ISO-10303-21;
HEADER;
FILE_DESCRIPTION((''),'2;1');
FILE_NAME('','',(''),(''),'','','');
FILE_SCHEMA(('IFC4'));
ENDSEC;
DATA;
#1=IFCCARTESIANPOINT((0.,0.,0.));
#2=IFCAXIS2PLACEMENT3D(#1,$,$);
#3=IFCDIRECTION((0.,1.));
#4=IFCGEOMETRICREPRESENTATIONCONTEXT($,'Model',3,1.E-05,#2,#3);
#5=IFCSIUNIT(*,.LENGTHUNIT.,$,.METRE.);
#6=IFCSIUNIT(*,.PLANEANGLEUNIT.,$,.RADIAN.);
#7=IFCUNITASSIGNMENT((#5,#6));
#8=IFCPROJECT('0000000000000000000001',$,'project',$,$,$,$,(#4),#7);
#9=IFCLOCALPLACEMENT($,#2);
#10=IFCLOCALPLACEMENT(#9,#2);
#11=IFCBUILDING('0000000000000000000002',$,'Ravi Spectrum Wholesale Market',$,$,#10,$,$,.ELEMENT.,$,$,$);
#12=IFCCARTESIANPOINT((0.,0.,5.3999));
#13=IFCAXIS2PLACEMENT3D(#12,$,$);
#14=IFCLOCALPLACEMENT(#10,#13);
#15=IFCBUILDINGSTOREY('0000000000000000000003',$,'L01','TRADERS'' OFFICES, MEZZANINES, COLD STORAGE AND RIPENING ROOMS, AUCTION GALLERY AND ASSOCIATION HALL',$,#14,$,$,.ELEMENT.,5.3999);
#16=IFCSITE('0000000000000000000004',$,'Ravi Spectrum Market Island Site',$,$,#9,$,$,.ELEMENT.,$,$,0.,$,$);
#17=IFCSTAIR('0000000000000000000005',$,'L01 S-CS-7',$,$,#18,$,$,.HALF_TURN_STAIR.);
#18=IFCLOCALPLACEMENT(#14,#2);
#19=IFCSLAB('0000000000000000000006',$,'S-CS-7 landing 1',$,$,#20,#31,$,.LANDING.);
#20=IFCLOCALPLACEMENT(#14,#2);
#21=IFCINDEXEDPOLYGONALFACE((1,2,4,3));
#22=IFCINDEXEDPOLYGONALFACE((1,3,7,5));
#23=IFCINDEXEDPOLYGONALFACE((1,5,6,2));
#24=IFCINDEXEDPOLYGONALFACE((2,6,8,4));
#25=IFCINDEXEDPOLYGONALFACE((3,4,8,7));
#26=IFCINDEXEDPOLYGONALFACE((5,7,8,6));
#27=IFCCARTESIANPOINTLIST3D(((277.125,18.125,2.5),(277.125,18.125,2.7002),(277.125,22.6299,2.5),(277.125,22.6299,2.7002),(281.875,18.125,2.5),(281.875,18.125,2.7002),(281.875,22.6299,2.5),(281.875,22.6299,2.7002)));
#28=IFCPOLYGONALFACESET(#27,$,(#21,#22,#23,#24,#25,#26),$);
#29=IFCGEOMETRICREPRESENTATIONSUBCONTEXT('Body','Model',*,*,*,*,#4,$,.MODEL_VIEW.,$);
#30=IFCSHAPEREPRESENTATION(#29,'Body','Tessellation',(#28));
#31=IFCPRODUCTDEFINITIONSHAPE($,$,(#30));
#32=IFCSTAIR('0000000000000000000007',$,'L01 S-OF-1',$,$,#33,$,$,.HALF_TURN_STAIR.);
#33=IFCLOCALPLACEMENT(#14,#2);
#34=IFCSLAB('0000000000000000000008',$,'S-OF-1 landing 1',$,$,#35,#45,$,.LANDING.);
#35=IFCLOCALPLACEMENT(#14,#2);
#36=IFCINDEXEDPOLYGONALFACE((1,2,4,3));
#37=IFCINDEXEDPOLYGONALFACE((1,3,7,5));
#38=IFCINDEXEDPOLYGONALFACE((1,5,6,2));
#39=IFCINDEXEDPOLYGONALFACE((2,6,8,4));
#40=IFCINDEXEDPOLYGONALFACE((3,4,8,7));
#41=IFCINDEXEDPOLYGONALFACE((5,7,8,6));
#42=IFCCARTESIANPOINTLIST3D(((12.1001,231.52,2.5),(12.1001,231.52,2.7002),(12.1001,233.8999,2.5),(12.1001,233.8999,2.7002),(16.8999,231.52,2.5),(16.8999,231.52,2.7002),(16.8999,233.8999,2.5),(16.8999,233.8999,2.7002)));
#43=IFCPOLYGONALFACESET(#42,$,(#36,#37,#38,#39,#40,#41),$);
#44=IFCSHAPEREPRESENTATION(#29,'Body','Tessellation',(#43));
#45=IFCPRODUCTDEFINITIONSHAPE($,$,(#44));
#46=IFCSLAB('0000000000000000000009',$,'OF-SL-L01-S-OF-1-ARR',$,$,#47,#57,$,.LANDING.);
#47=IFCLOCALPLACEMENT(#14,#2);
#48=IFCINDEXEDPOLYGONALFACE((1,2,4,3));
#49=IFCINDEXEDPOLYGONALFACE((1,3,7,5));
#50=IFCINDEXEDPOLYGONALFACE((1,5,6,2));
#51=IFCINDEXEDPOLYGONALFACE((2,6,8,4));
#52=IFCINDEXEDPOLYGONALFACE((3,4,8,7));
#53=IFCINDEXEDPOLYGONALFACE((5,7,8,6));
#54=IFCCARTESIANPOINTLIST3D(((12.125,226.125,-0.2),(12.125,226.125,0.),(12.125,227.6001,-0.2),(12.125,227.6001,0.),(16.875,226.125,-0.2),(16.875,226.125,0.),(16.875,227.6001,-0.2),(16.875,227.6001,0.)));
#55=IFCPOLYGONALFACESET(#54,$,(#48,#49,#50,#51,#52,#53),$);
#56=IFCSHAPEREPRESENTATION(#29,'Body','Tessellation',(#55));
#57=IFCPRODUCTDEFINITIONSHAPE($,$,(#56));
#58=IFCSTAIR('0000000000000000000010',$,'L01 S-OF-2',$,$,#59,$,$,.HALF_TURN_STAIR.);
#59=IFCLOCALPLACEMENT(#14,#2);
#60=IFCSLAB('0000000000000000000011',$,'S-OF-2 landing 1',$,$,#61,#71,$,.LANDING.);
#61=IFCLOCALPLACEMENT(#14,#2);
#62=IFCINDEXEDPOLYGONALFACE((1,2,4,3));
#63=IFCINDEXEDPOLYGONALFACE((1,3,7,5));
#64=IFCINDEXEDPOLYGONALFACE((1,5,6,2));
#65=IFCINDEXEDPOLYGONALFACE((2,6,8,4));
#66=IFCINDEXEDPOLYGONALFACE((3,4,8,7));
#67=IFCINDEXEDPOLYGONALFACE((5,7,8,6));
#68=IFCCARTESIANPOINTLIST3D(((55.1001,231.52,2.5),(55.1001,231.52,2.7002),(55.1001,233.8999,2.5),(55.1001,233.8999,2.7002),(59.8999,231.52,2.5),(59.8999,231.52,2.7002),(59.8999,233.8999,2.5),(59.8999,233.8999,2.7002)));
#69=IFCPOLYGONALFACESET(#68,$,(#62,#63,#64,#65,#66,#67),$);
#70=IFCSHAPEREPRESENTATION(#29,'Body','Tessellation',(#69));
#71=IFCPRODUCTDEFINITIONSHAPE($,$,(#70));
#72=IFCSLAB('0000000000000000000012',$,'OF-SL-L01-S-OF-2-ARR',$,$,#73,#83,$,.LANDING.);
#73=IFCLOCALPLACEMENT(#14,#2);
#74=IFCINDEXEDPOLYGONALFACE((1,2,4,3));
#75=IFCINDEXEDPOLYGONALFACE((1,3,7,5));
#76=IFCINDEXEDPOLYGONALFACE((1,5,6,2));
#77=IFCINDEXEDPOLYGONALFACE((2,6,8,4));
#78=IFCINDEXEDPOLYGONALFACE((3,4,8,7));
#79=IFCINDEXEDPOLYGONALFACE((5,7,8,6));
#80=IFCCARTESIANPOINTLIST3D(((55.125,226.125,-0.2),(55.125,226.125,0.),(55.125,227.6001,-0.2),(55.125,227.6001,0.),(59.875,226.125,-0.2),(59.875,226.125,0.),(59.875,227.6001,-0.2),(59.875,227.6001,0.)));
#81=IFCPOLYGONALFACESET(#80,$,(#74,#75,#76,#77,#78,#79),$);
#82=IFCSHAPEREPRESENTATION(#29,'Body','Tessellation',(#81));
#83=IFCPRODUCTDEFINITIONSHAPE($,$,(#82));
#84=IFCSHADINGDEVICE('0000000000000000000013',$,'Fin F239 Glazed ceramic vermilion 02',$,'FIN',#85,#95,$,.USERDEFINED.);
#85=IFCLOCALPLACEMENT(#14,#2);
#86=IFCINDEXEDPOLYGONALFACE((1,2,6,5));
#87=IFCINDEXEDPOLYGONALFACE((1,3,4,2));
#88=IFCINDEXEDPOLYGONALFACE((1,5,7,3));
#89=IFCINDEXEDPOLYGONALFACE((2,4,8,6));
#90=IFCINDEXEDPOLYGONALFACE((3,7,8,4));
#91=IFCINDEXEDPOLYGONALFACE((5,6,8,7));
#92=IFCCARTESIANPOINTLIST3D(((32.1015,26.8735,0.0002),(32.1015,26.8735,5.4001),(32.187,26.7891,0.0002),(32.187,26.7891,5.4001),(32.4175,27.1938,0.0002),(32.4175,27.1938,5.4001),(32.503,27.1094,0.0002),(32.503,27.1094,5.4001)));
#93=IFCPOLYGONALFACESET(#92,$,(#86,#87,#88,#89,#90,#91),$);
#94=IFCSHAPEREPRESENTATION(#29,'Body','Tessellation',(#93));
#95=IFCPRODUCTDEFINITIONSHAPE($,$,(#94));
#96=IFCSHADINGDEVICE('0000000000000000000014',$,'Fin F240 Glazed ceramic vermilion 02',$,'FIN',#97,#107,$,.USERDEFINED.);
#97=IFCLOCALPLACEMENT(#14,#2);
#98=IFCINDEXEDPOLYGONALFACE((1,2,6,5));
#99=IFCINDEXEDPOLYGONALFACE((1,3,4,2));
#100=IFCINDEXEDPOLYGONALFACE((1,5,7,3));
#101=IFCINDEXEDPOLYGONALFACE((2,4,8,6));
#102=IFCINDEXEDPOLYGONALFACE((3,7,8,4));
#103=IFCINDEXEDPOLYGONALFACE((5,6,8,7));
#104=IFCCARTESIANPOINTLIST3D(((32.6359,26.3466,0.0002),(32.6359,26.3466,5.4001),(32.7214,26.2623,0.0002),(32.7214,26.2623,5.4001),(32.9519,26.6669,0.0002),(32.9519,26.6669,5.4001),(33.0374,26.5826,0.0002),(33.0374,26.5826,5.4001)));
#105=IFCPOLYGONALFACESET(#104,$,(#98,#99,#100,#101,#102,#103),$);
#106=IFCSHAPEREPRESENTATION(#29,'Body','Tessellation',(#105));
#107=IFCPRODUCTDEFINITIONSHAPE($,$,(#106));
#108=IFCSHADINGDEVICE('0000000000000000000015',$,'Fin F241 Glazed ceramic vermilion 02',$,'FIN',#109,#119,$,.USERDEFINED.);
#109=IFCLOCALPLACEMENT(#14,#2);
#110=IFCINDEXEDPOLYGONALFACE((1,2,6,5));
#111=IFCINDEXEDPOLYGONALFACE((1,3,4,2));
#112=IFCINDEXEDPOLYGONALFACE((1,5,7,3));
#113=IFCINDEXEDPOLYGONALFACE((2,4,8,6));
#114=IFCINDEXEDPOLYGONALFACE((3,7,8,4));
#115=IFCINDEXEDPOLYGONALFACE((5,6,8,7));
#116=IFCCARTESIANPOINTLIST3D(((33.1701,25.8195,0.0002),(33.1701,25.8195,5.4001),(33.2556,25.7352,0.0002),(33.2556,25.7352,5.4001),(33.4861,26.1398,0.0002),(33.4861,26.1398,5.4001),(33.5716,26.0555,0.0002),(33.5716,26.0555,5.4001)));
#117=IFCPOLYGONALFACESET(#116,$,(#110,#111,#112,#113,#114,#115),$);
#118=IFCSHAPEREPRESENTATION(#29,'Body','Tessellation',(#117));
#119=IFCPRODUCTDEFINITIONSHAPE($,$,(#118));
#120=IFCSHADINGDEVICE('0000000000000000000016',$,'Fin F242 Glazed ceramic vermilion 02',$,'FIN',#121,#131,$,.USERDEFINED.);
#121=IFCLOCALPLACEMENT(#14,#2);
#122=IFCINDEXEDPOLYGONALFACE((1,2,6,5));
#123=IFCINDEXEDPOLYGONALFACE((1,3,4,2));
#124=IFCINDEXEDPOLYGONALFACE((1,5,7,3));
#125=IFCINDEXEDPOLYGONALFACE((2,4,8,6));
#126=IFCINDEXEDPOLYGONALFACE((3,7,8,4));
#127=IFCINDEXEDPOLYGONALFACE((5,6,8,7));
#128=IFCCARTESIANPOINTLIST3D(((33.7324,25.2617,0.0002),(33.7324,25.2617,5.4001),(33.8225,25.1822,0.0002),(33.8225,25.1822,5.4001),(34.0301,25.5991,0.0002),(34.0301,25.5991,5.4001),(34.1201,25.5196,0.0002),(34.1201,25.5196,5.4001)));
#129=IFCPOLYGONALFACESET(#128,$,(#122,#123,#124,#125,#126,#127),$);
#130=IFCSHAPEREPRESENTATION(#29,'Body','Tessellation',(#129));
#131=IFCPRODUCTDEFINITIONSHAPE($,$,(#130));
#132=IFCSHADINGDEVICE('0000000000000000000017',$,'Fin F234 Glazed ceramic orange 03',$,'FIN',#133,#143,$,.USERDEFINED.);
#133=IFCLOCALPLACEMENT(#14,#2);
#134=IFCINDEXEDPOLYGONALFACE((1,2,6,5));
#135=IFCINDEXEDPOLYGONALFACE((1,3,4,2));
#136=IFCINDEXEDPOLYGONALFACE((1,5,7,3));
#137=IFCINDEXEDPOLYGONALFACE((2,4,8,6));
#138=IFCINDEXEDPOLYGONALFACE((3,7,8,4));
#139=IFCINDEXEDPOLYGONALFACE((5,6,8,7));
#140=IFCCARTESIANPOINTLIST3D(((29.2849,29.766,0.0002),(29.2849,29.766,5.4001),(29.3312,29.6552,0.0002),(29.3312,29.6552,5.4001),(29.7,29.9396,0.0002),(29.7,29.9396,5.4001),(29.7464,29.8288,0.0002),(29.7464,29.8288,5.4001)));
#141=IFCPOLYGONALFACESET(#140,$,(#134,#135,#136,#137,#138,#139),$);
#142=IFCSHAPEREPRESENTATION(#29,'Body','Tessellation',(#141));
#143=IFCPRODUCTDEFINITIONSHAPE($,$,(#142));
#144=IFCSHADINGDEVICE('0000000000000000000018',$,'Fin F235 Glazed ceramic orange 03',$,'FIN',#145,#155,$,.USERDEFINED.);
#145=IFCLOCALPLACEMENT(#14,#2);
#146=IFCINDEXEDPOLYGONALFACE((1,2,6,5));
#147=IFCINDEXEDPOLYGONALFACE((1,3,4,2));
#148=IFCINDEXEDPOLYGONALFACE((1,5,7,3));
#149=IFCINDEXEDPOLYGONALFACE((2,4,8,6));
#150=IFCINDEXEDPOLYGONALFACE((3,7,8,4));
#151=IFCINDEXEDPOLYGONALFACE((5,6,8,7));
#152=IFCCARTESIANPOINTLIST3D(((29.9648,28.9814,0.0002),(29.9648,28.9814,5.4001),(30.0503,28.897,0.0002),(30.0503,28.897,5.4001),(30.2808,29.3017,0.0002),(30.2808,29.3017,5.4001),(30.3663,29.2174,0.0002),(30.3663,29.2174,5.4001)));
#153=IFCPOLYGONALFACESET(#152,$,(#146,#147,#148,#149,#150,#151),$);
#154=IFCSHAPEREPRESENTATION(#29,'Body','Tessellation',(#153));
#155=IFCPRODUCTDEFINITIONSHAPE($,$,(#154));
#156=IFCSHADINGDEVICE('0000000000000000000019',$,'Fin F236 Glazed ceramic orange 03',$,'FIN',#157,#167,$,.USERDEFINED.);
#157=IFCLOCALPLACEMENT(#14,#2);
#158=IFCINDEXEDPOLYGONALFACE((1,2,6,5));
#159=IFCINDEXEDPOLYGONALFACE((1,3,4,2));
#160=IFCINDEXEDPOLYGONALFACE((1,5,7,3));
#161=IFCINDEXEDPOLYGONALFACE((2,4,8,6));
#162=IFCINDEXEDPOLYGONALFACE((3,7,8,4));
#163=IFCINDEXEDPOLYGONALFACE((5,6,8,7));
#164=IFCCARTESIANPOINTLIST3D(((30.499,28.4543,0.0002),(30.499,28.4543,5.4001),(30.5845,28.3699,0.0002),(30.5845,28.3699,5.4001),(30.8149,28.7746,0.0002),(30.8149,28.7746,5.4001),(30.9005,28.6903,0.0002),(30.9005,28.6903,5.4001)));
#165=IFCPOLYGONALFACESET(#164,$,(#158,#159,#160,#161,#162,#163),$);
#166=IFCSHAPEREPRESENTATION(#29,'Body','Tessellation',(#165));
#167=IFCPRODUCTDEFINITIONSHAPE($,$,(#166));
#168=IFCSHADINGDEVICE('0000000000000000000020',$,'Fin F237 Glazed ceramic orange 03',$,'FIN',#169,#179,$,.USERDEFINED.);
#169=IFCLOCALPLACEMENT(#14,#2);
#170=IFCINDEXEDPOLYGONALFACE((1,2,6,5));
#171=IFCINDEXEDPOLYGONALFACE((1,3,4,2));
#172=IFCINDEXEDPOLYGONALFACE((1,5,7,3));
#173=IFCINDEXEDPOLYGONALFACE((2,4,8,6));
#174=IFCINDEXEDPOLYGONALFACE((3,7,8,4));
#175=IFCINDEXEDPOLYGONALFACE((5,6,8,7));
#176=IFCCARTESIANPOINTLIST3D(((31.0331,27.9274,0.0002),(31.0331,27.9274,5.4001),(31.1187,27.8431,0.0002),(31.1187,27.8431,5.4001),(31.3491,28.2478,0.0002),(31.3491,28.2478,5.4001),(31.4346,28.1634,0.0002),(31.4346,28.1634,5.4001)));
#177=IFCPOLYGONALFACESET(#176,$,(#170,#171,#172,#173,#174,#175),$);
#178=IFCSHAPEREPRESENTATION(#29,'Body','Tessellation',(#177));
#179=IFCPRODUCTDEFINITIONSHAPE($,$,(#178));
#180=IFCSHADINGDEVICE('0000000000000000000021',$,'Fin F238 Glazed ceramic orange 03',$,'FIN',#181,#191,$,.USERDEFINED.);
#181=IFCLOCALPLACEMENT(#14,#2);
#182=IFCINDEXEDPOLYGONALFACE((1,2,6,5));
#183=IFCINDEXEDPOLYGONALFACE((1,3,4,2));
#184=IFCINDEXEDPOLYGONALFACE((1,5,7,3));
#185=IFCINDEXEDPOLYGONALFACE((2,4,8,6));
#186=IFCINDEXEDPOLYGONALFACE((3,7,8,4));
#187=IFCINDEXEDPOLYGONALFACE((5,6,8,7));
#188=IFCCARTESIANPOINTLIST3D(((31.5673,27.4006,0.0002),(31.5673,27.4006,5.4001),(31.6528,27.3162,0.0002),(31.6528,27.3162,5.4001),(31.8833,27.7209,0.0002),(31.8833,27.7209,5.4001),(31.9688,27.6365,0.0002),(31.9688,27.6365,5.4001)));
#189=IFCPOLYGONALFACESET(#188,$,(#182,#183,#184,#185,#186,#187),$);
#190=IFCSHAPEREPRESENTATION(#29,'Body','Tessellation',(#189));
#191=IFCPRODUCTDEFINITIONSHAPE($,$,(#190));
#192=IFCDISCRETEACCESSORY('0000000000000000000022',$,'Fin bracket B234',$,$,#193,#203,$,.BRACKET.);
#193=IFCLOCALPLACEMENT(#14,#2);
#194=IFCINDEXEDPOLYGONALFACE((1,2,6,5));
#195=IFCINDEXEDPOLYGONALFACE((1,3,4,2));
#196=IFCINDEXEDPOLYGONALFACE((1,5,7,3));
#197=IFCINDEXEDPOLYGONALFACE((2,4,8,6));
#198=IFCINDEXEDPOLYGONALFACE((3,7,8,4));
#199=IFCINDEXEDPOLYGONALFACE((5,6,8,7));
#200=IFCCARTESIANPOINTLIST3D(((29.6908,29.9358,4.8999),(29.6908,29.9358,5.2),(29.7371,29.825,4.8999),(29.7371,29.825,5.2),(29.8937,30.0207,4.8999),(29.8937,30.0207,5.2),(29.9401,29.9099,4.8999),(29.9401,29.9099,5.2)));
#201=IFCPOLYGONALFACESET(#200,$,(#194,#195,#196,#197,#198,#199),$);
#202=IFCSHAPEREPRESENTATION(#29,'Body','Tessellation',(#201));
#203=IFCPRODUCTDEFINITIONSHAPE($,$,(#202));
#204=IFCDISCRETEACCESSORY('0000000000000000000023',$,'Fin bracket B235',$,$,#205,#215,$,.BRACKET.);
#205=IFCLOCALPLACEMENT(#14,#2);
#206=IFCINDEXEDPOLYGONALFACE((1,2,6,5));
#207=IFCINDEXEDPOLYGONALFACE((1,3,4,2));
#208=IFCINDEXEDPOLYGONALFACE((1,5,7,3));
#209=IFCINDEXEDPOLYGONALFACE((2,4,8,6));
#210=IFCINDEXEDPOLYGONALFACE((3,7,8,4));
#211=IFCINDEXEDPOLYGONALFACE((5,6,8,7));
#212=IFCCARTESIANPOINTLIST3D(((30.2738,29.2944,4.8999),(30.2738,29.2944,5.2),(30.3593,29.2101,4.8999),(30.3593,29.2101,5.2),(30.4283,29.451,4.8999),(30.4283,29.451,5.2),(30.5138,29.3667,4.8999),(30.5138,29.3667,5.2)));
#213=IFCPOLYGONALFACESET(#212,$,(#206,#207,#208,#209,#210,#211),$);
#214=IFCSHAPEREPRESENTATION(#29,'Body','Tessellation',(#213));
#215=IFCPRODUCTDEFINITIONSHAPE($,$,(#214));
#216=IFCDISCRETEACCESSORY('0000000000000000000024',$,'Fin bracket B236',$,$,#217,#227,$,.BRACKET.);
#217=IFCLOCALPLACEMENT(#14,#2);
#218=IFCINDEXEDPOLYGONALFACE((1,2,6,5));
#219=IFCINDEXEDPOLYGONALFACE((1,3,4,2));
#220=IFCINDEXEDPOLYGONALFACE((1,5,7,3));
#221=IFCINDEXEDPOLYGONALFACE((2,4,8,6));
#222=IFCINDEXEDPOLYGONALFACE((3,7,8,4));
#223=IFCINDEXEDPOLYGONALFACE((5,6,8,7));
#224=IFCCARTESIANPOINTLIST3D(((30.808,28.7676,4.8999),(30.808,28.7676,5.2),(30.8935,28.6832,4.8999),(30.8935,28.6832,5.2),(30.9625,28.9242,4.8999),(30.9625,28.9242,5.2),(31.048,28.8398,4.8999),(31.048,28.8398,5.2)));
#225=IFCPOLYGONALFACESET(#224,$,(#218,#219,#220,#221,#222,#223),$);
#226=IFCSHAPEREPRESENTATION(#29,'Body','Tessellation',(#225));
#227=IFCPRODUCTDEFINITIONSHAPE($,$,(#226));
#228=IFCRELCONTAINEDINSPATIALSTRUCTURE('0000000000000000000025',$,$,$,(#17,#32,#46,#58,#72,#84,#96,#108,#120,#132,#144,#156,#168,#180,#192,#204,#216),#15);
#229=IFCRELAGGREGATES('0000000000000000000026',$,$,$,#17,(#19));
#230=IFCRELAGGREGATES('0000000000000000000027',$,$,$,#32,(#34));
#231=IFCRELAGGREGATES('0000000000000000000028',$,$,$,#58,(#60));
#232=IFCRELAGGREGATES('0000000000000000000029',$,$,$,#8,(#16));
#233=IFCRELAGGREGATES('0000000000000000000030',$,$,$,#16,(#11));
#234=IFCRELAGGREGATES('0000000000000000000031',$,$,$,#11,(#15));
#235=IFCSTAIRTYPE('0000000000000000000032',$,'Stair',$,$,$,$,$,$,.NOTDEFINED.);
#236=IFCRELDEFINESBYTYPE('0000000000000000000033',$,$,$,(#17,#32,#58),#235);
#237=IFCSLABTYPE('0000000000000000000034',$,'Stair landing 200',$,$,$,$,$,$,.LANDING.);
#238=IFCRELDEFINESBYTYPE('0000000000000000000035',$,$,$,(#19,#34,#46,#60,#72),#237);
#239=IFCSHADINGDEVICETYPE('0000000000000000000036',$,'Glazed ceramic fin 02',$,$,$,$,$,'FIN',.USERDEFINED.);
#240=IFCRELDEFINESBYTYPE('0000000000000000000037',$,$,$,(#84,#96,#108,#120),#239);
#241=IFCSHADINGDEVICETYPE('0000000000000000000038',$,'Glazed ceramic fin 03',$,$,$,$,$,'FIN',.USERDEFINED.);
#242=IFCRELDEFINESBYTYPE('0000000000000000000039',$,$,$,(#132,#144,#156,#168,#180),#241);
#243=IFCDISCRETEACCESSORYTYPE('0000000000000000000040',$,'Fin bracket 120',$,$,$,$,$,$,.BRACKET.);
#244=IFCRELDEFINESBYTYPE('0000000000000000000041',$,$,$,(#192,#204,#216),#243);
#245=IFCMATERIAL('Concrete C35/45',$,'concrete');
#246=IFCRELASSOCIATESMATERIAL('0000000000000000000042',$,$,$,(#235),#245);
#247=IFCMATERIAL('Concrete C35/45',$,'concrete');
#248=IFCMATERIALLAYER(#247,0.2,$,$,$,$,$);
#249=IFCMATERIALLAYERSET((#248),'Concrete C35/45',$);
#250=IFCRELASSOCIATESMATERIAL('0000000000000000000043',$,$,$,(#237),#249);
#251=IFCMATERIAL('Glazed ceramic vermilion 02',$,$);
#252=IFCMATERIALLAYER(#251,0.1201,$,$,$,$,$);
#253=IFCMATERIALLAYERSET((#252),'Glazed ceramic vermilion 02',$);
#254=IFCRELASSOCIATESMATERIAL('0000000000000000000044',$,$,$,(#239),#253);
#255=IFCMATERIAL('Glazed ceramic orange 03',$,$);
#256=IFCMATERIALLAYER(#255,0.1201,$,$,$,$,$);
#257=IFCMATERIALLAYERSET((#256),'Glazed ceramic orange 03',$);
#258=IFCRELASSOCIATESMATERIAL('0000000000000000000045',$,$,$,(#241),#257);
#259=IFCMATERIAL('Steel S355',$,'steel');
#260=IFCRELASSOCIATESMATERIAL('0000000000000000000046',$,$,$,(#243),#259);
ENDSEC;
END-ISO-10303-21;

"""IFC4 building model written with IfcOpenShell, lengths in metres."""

from ifc_helpers import new_model, si_unit, direction, frame, origin, origin_2d, place, context, subcontext, project, spatial, polyline, rectangle, outline, extrude, material, layer, layer_set, type_object, element, aggregate, save


model = new_model("IFC4")

# Units and contexts
model_context = context("Model", 3, precision=1e-05, world=origin(), true_north=direction((0.0, 1.0)))
body_context = subcontext(model_context, "Body", "Model", "MODEL_VIEW")
ifc_project = project(units=[si_unit("LENGTHUNIT", "METRE"), si_unit("PLANEANGLEUNIT", "RADIAN")], contexts=[model_context])

# Site, building, storey
site_placement = place(None, origin())
site = spatial("IfcSite", under=ifc_project, at=site_placement, Name="Ravi Spectrum Market Island Site", CompositionType="ELEMENT", RefElevation=0.0)
building_placement = place(site_placement, origin())
building = spatial("IfcBuilding", under=site, at=building_placement, Name="Ravi Spectrum Wholesale Market", CompositionType="ELEMENT")
storey_placement = place(building_placement, frame((0.0, 0.0, 5.3999)))
storey = spatial("IfcBuildingStorey", under=building, at=storey_placement, Name="L01", Description="TRADERS' OFFICES, MEZZANINES, COLD STORAGE AND RIPENING ROOMS, AUCTION GALLERY AND ASSOCIATION HALL", CompositionType="ELEMENT", Elevation=5.3999)

# Stairs, slabs
ifc_material_1 = material(Name="Concrete C35/45", Category="concrete")
stair_type = type_object("IfcStairType", Name="Stair", PredefinedType="NOTDEFINED", material=ifc_material_1)
stair_1_placement = place(storey_placement, origin())
stair_1 = element("IfcStair", 1, at=stair_1_placement, inside=storey, type_object=stair_type, Name="L01 S-CS-7", PredefinedType="HALF_TURN_STAIR")
ifc_material_2 = material(Name="Concrete C35/45", Category="concrete")
ifc_layer_1 = layer(ifc_material_2, 0.2)
ifc_layer_set_1 = layer_set([ifc_layer_1], Name="Concrete C35/45")
slab_type = type_object("IfcSlabType", Name="Stair landing 200", PredefinedType="LANDING", material=ifc_layer_set_1)
slab_1_placement = place(storey_placement, frame((0.0, 0.0, 2.5)))
slab_1 = element("IfcSlab", 2, at=slab_1_placement, type_object=slab_type, Name="S-CS-7 landing 1", PredefinedType="LANDING", context=body_context, shape_type="SweptSolid", body=[
    extrude(outline(polyline([(277.125, 22.6299), (277.125, 18.125), (281.875, 18.125), (281.875, 22.6299), (277.125, 22.6299)])), origin(), (0.0, 0.0, 1.0), 0.2002),
])
aggregate(stair_1, [slab_1])
stair_2_placement = place(storey_placement, origin())
stair_2 = element("IfcStair", 3, at=stair_2_placement, inside=storey, type_object=stair_type, Name="L01 S-OF-1", PredefinedType="HALF_TURN_STAIR")
slab_2_placement = place(storey_placement, frame((0.0, 0.0, 2.5)))
slab_2 = element("IfcSlab", 4, at=slab_2_placement, type_object=slab_type, Name="S-OF-1 landing 1", PredefinedType="LANDING", context=body_context, shape_type="SweptSolid", body=[
    extrude(outline(polyline([(16.8999, 231.52), (16.8999, 233.8999), (12.1001, 233.8999), (12.1001, 231.52), (16.8999, 231.52)])), origin(), (0.0, 0.0, 1.0), 0.2002),
])
aggregate(stair_2, [slab_2])

# Slab
slab_3_placement = place(storey_placement, frame((0.0, 0.0, -0.2)))
element("IfcSlab", 5, at=slab_3_placement, inside=storey, type_object=slab_type, Name="OF-SL-L01-S-OF-1-ARR", PredefinedType="LANDING", context=body_context, shape_type="SweptSolid", body=[
    extrude(outline(polyline([(16.875, 226.125), (16.875, 227.6001), (12.125, 227.6001), (12.125, 226.125), (16.875, 226.125)])), origin(), (0.0, 0.0, 1.0), 0.2),
])

# Stair, slab
stair_3_placement = place(storey_placement, origin())
stair_3 = element("IfcStair", 6, at=stair_3_placement, inside=storey, type_object=stair_type, Name="L01 S-OF-2", PredefinedType="HALF_TURN_STAIR")
slab_4_placement = place(storey_placement, frame((0.0, 0.0, 2.5)))
slab_4 = element("IfcSlab", 7, at=slab_4_placement, type_object=slab_type, Name="S-OF-2 landing 1", PredefinedType="LANDING", context=body_context, shape_type="SweptSolid", body=[
    extrude(outline(polyline([(59.8999, 231.52), (59.8999, 233.8999), (55.1001, 233.8999), (55.1001, 231.52), (59.8999, 231.52)])), origin(), (0.0, 0.0, 1.0), 0.2002),
])
aggregate(stair_3, [slab_4])

# Slab
slab_5_placement = place(storey_placement, frame((0.0, 0.0, -0.2)))
element("IfcSlab", 8, at=slab_5_placement, inside=storey, type_object=slab_type, Name="OF-SL-L01-S-OF-2-ARR", PredefinedType="LANDING", context=body_context, shape_type="SweptSolid", body=[
    extrude(outline(polyline([(59.875, 226.125), (59.875, 227.6001), (55.125, 227.6001), (55.125, 226.125), (59.875, 226.125)])), origin(), (0.0, 0.0, 1.0), 0.2),
])

# Shading devices
ifc_material_3 = material(Name="Glazed ceramic vermilion 02")
ifc_layer_2 = layer(ifc_material_3, 0.1201)
ifc_layer_set_2 = layer_set([ifc_layer_2], Name="Glazed ceramic vermilion 02")
shading_device_type_1 = type_object("IfcShadingDeviceType", Name="Glazed ceramic fin 02", ElementType="FIN", PredefinedType="USERDEFINED", material=ifc_layer_set_2)
for number, where, z_axis, x_axis, name in (
    (9, (32.3022, 26.9915, 0.0002), (0.0, 0.0, 1.0), (0.711925, -0.702256, 0.0), "Fin F239 Glazed ceramic vermilion 02"),
    (10, (32.8367, 26.4646, 0.0002), (0.0, 0.0, 1.0), (0.711925, -0.702256, 0.0), "Fin F240 Glazed ceramic vermilion 02"),
    (11, (33.3708, 25.9375, 0.0002), (0.0, 0.0, 1.0), (0.711925, -0.702256, 0.0), "Fin F241 Glazed ceramic vermilion 02"),
    (12, (33.9263, 25.3906, 0.0002), (0.0, 0.0, 1.0), (0.749858, -0.661599, 0.0), "Fin F242 Glazed ceramic vermilion 02"),
):
    element("IfcShadingDevice", number, at=place(storey_placement, frame(where, z_axis=z_axis, x_axis=x_axis)), inside=storey, type_object=shading_device_type_1, Name=name, ObjectType="FIN", PredefinedType="USERDEFINED", context=body_context, shape_type="SweptSolid", body=[
        extrude(rectangle(XDim=0.1201, YDim=0.45, at=origin_2d()), origin(), (0.0, 0.0, 1.0), 5.3999),
    ])
ifc_material_4 = material(Name="Glazed ceramic orange 03")
ifc_layer_3 = layer(ifc_material_4, 0.1201)
ifc_layer_set_3 = layer_set([ifc_layer_3], Name="Glazed ceramic orange 03")
shading_device_type_2 = type_object("IfcShadingDeviceType", Name="Glazed ceramic fin 03", ElementType="FIN", PredefinedType="USERDEFINED", material=ifc_layer_set_3)
for number, where, z_axis, x_axis, name in (
    (13, (29.5156, 29.7974, 0.0002), (0.0, 0.0, 1.0), (0.38584, -0.922566, 0.0), "Fin F234 Glazed ceramic orange 03"),
    (14, (30.1655, 29.0994, 0.0002), (0.0, 0.0, 1.0), (0.711925, -0.702256, 0.0), "Fin F235 Glazed ceramic orange 03"),
    (15, (30.6997, 28.5723, 0.0002), (0.0, 0.0, 1.0), (0.711925, -0.702256, 0.0), "Fin F236 Glazed ceramic orange 03"),
    (16, (31.2339, 28.0454, 0.0002), (0.0, 0.0, 1.0), (0.711925, -0.702256, 0.0), "Fin F237 Glazed ceramic orange 03"),
    (17, (31.7681, 27.5186, 0.0002), (0.0, 0.0, 1.0), (0.711925, -0.702256, 0.0), "Fin F238 Glazed ceramic orange 03"),
):
    element("IfcShadingDevice", number, at=place(storey_placement, frame(where, z_axis=z_axis, x_axis=x_axis)), inside=storey, type_object=shading_device_type_2, Name=name, ObjectType="FIN", PredefinedType="USERDEFINED", context=body_context, shape_type="SweptSolid", body=[
        extrude(rectangle(XDim=0.1201, YDim=0.45, at=origin_2d()), origin(), (0.0, 0.0, 1.0), 5.3999),
    ])

# Discrete accessories
ifc_material_5 = material(Name="Steel S355", Category="steel")
discrete_accessory_type = type_object("IfcDiscreteAccessoryType", Name="Fin bracket 120", PredefinedType="BRACKET", material=ifc_material_5)
for number, where, z_axis, x_axis, name in (
    (18, (29.8154, 29.9229, 4.8999), (0.0, 0.0, 1.0), (0.38584, -0.922566, 0.0), "Fin bracket B234"),
    (19, (30.3938, 29.3306, 4.8999), (0.0, 0.0, 1.0), (0.711925, -0.702256, 0.0), "Fin bracket B235"),
    (20, (30.928, 28.8037, 4.8999), (0.0, 0.0, 1.0), (0.711925, -0.702256, 0.0), "Fin bracket B236"),
):
    element("IfcDiscreteAccessory", number, at=place(storey_placement, frame(where, z_axis=z_axis, x_axis=x_axis)), inside=storey, type_object=discrete_accessory_type, Name=name, PredefinedType="BRACKET", context=body_context, shape_type="SweptSolid", body=[
        extrude(rectangle(XDim=0.1201, YDim=0.22, at=origin_2d()), origin(), (0.0, 0.0, 1.0), 0.3),
    ])

save(model, "model.ifc")
